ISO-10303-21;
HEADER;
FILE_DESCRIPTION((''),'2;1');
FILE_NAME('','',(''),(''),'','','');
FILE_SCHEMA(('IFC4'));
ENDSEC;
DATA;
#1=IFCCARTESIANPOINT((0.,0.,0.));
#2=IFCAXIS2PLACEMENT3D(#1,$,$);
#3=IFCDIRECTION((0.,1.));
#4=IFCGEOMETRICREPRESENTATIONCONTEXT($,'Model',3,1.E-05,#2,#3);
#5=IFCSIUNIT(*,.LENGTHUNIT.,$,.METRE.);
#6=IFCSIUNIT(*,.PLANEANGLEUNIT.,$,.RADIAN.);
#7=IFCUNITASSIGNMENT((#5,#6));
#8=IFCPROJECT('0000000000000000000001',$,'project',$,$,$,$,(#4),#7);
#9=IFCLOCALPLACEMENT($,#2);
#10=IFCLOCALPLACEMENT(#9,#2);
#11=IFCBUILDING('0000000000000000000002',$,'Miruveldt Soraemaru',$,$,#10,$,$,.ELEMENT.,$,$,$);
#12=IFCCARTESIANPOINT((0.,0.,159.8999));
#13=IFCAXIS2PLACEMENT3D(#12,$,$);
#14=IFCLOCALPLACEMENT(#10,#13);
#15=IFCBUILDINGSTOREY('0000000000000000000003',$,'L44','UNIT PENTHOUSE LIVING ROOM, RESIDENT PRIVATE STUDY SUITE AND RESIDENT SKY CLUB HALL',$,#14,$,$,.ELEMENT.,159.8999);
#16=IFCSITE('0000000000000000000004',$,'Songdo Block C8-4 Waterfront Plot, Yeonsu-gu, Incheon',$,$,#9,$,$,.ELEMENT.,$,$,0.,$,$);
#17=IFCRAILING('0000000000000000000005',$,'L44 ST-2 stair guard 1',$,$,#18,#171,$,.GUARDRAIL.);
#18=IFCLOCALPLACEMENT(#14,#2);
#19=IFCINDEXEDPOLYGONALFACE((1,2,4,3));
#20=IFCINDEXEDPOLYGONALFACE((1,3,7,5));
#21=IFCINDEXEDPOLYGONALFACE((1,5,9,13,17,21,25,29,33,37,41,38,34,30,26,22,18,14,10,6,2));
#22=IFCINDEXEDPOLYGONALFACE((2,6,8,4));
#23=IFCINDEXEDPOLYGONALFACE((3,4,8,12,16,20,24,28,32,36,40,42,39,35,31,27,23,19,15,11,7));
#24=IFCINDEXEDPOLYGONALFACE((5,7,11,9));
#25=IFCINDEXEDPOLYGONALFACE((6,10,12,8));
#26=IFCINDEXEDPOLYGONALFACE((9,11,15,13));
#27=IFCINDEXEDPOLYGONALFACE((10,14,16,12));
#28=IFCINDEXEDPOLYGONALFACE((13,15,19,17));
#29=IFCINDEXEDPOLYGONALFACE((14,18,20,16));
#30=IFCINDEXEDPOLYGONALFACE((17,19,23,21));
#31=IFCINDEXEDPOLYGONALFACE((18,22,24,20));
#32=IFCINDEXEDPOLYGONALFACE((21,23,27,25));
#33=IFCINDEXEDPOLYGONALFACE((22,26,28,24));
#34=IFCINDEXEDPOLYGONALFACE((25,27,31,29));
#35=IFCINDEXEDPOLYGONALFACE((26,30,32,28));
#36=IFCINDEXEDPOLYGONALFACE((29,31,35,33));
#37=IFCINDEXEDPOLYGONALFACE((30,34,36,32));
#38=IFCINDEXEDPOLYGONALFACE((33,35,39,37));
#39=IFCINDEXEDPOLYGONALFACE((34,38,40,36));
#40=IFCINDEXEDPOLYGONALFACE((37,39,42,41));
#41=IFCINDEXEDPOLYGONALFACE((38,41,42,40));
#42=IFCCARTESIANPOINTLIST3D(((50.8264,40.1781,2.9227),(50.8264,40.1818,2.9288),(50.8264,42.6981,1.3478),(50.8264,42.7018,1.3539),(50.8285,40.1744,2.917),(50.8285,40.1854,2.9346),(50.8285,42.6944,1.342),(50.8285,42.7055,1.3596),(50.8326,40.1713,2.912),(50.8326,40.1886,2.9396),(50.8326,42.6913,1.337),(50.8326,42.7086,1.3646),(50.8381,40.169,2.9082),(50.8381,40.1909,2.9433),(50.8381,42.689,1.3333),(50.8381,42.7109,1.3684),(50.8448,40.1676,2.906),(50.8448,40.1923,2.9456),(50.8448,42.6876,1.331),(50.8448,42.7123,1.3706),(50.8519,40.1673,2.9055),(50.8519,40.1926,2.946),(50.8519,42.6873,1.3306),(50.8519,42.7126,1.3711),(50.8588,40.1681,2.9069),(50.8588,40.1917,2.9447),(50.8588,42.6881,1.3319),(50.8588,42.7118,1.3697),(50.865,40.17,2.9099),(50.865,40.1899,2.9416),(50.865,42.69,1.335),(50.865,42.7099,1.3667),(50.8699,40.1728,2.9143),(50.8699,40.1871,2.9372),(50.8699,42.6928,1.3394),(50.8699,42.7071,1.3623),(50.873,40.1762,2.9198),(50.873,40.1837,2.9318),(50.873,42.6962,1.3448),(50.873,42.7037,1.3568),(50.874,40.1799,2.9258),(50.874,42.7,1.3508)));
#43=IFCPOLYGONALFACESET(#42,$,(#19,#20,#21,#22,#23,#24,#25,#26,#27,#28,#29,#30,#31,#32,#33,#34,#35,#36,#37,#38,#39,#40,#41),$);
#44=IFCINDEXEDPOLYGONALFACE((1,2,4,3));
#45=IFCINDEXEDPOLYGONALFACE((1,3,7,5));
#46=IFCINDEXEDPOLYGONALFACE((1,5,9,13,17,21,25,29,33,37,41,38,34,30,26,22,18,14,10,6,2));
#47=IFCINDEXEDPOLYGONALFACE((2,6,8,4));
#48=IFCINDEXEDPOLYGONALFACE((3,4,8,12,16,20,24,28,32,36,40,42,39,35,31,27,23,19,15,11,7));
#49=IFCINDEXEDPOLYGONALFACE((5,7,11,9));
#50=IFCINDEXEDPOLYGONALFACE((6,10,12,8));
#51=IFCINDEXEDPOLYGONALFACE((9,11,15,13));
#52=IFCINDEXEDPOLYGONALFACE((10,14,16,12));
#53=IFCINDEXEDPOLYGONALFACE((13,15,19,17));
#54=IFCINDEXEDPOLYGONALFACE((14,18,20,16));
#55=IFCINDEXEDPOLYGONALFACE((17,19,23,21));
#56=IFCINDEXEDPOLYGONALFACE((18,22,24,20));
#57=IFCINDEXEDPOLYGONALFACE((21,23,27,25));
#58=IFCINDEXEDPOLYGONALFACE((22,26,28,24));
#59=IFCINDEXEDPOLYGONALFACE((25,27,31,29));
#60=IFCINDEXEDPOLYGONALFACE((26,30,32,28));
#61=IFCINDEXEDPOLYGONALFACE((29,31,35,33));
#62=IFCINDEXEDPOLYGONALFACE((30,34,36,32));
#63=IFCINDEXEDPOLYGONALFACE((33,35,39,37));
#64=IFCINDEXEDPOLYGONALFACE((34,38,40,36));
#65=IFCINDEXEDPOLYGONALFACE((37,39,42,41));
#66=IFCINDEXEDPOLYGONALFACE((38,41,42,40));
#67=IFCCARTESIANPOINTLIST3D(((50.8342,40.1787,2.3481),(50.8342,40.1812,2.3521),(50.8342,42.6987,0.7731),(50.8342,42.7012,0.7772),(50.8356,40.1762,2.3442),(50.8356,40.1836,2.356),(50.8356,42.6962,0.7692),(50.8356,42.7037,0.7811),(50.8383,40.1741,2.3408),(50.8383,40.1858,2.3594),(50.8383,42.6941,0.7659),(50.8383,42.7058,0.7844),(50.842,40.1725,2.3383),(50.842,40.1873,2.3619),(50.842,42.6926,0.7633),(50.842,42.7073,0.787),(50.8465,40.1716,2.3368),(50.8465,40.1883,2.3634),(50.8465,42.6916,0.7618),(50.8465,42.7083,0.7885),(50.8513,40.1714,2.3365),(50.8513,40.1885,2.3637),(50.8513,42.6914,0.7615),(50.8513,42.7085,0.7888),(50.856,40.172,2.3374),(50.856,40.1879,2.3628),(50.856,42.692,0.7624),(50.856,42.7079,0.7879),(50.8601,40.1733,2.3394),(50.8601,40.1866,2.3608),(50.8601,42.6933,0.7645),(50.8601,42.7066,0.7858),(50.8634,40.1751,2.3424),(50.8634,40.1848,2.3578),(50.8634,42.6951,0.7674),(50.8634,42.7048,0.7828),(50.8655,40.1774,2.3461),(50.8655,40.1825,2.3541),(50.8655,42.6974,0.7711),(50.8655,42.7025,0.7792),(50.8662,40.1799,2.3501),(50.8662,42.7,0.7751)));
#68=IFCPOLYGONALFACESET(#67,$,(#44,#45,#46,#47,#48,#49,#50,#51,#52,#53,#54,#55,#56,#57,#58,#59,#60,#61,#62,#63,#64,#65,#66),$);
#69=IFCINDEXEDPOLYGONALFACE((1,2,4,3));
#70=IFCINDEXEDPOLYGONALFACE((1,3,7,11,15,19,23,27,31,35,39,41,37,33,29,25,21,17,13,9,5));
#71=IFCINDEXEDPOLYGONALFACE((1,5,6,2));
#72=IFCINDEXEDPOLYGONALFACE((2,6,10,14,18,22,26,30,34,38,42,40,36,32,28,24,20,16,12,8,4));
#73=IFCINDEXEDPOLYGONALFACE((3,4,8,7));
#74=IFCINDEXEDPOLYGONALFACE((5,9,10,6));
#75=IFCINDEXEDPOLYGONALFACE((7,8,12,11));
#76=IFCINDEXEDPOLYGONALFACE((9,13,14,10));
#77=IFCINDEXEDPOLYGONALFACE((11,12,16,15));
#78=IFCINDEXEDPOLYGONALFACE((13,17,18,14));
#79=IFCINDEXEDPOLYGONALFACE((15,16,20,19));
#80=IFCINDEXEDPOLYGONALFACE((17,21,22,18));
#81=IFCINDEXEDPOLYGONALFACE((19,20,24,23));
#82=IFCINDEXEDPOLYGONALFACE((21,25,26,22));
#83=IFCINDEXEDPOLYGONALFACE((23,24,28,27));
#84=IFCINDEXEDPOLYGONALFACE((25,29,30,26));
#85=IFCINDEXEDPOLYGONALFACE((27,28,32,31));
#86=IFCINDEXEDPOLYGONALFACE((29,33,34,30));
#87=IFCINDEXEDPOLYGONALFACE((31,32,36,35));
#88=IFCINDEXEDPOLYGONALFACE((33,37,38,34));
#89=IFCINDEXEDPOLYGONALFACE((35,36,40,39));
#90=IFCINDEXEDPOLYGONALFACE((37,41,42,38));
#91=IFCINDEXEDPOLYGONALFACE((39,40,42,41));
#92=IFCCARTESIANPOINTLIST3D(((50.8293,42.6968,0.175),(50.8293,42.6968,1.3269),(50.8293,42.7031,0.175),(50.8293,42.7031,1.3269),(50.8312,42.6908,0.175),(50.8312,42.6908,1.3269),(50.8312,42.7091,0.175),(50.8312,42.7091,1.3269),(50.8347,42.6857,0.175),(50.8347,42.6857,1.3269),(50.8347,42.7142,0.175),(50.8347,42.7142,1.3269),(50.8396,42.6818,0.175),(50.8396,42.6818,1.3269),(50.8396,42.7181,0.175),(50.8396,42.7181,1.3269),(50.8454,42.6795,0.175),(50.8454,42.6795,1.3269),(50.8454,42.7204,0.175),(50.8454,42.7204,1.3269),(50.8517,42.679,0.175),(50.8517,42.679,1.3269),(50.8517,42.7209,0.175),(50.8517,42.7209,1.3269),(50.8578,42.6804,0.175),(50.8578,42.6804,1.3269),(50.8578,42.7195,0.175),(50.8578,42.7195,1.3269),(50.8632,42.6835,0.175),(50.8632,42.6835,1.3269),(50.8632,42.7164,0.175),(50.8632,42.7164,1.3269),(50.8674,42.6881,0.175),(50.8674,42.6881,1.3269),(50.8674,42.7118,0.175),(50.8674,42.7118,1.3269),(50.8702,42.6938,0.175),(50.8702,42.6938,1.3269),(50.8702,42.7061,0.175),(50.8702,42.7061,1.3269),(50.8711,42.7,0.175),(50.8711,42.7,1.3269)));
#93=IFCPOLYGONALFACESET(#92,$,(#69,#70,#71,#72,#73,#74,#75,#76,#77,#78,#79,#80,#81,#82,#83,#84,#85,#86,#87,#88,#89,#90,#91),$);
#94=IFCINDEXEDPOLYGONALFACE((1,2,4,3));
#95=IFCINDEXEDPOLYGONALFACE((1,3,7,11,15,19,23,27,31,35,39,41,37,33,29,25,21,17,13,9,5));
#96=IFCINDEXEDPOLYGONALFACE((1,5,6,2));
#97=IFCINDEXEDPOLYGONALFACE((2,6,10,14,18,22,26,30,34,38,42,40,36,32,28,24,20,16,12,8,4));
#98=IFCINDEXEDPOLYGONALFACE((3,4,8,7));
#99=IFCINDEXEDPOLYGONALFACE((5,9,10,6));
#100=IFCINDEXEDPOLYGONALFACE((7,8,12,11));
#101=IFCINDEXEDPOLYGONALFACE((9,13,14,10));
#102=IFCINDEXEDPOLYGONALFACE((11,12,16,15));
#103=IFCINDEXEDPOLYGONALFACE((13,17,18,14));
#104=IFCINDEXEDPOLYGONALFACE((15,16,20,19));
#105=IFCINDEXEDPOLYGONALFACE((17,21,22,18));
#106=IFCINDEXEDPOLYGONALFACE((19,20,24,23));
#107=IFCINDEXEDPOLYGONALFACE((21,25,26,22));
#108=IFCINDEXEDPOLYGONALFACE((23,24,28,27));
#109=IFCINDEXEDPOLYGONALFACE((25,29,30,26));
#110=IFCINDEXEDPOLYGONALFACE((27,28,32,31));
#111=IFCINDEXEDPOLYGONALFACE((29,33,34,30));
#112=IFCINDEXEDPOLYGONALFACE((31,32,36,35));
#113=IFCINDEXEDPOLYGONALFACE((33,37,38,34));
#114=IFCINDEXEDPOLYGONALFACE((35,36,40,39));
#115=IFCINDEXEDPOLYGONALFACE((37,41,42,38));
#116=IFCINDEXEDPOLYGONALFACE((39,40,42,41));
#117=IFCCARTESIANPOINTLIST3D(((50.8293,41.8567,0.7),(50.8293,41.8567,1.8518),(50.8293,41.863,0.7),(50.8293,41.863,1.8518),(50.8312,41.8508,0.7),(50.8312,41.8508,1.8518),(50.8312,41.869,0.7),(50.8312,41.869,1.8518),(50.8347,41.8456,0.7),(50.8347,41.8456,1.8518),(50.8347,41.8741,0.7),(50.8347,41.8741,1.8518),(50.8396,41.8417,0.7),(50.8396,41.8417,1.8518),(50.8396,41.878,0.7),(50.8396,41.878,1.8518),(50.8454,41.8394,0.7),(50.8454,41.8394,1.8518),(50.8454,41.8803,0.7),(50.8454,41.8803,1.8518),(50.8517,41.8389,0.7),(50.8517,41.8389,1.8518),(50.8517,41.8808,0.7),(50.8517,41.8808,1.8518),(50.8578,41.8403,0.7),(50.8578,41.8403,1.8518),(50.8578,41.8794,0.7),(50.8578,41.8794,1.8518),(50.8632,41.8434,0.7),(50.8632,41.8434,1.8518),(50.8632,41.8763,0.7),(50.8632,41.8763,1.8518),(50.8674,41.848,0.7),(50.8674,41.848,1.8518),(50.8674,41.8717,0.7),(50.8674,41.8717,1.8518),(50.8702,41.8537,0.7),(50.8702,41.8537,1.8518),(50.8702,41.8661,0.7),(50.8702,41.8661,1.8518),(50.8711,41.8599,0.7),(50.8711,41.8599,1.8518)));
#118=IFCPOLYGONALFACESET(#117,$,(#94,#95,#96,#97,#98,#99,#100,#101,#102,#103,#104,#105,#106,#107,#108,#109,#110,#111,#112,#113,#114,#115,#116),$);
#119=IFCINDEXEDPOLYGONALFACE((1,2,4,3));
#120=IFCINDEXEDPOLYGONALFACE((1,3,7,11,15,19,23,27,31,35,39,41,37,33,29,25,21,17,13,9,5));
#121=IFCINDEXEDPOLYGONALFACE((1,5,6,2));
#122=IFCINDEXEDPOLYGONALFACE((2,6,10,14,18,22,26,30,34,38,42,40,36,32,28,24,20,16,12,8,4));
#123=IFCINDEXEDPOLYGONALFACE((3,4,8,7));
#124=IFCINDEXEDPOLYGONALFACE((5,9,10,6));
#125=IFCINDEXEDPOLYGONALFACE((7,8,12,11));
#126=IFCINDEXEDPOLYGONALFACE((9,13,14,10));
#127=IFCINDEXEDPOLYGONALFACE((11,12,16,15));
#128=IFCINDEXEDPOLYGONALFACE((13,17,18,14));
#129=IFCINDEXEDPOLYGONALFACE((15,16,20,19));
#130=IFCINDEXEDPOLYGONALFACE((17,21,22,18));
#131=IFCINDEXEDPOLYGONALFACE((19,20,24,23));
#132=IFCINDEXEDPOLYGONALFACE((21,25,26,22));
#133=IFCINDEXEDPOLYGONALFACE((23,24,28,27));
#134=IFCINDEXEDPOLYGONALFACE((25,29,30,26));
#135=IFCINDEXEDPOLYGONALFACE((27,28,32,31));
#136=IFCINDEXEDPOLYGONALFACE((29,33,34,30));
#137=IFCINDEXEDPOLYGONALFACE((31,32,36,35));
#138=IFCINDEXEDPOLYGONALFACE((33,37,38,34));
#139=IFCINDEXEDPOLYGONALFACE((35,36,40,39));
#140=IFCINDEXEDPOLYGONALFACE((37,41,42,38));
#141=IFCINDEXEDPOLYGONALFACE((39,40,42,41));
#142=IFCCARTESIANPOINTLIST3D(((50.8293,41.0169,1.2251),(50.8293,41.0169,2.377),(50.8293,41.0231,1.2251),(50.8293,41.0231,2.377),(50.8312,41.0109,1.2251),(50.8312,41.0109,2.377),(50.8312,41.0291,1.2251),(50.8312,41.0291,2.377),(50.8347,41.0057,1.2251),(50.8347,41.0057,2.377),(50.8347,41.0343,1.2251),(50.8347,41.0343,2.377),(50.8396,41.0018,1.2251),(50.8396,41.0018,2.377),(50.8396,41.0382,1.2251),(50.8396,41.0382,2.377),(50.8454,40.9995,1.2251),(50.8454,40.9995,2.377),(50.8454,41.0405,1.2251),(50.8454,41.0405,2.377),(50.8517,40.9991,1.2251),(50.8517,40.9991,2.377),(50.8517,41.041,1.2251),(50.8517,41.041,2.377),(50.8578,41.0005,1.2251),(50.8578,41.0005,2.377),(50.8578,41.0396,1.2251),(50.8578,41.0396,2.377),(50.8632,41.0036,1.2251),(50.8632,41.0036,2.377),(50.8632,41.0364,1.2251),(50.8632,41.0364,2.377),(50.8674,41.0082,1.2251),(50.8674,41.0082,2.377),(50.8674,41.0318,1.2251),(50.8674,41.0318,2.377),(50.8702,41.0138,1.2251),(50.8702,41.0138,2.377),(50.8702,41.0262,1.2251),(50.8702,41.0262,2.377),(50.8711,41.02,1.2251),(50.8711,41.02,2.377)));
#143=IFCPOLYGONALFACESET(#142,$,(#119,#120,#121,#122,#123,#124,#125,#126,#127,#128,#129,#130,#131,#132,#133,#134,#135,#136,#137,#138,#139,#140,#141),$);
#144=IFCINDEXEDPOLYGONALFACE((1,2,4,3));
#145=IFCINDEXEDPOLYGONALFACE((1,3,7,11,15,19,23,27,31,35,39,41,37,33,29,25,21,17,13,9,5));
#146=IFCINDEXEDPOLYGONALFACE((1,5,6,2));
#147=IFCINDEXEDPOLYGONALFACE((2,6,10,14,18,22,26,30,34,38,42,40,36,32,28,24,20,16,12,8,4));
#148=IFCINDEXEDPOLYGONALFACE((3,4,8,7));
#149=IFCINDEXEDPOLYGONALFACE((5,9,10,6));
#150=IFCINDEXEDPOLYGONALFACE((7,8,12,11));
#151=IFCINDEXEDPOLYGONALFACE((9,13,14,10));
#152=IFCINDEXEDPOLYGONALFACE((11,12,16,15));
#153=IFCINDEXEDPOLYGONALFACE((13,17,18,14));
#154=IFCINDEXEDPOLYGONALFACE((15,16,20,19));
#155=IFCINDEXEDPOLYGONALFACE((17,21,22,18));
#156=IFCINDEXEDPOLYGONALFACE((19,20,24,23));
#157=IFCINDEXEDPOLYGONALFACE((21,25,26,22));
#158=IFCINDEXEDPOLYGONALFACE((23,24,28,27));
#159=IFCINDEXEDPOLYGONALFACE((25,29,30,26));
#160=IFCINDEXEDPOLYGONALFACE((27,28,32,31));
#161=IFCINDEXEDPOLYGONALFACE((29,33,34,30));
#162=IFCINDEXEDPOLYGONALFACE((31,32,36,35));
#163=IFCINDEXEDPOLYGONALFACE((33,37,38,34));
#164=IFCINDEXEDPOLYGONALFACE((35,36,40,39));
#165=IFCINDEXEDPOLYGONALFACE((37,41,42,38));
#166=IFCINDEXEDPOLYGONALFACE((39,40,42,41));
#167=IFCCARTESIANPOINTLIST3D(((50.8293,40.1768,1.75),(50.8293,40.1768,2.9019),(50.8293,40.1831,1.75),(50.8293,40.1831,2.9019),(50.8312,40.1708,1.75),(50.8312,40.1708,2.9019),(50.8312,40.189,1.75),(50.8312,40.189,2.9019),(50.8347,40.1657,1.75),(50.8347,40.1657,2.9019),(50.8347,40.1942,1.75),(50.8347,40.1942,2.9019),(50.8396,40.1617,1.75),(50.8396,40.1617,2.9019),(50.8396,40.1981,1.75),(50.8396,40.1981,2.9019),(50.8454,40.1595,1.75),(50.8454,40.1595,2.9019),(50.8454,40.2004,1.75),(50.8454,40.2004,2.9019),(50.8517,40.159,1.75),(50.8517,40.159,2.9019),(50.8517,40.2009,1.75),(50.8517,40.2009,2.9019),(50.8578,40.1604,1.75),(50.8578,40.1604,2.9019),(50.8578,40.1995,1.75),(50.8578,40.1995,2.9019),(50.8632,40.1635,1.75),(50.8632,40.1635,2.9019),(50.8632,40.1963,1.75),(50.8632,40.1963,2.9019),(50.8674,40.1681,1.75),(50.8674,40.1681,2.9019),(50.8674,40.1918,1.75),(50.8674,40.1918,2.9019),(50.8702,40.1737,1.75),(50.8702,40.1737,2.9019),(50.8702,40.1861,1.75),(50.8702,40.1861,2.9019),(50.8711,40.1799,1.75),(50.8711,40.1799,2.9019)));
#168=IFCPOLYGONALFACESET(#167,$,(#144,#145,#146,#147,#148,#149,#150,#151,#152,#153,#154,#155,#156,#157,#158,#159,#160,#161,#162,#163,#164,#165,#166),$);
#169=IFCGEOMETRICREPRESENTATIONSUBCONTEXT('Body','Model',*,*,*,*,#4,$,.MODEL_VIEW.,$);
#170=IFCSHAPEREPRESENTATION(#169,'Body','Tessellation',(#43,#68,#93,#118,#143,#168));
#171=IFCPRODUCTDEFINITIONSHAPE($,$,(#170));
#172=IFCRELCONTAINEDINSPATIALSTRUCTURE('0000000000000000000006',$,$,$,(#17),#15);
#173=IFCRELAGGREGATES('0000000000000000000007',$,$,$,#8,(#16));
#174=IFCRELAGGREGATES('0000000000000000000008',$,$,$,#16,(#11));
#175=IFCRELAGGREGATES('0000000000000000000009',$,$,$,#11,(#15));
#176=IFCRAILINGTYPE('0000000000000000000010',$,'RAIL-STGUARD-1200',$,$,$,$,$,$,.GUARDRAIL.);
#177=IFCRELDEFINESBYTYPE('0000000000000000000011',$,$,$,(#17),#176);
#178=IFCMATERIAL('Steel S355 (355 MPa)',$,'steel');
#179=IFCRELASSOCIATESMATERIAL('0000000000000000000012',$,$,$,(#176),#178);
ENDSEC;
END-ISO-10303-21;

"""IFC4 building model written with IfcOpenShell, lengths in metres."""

from ifc_helpers import new_model, si_unit, direction, frame, origin, origin_2d, place, context, subcontext, project, spatial, circle, extrude, material, type_object, element, save


model = new_model("IFC4")

# Units and contexts
model_context = context("Model", 3, precision=1e-05, world=origin(), true_north=direction((0.0, 1.0)))
body_context = subcontext(model_context, "Body", "Model", "MODEL_VIEW")
ifc_project = project(units=[si_unit("LENGTHUNIT", "METRE"), si_unit("PLANEANGLEUNIT", "RADIAN")], contexts=[model_context])

# Site, building, storey
site_placement = place(None, origin())
site = spatial("IfcSite", under=ifc_project, at=site_placement, Name="Songdo Block C8-4 Waterfront Plot, Yeonsu-gu, Incheon", CompositionType="ELEMENT", RefElevation=0.0)
building_placement = place(site_placement, origin())
building = spatial("IfcBuilding", under=site, at=building_placement, Name="Miruveldt Soraemaru", CompositionType="ELEMENT")
storey_placement = place(building_placement, frame((0.0, 0.0, 159.8999)))
storey = spatial("IfcBuildingStorey", under=building, at=storey_placement, Name="L44", Description="UNIT PENTHOUSE LIVING ROOM, RESIDENT PRIVATE STUDY SUITE AND RESIDENT SKY CLUB HALL", CompositionType="ELEMENT", Elevation=159.8999)

# Railing
ifc_material_1 = material(Name="Steel S355 (355 MPa)", Category="steel")
railing_type_1 = type_object("IfcRailingType", Name="RAIL-STGUARD-1200", PredefinedType="GUARDRAIL", material=ifc_material_1)
railing_1_placement = place(storey_placement, frame((50.8501, 42.7, 0.175)))
element("IfcRailing", 1, at=railing_1_placement, inside=storey, type_object=railing_type_1, Name="L44 ST-2 stair guard 1", PredefinedType="GUARDRAIL", context=body_context, shape_type="SweptSolid", body=[
    extrude(circle(Radius=0.0239, at=origin_2d()), frame((0.0, 0.0, 1.1758), z_axis=(0.0, -0.848008, 0.529984), x_axis=(1.0, 0.0, 0.0)), (0.0, 0.0, 1.0), 2.9717),
    extrude(circle(Radius=0.0161, at=origin_2d()), frame((0.0, 0.0, 0.6001), z_axis=(0.0, -0.848008, 0.529984), x_axis=(1.0, 0.0, 0.0)), (0.0, 0.0, 1.0), 2.9717),
    extrude(circle(Radius=0.021, at=origin_2d()), origin(), (0.0, 0.0, 1.0), 1.1519),
    extrude(circle(Radius=0.021, at=origin_2d()), frame((0.0, -0.8401, 0.5249)), (0.0, 0.0, 1.0), 1.1519),
    extrude(circle(Radius=0.021, at=origin_2d()), frame((0.0, -1.6799, 1.05)), (0.0, 0.0, 1.0), 1.1519),
    extrude(circle(Radius=0.021, at=origin_2d()), frame((0.0, -2.52, 1.575)), (0.0, 0.0, 1.0), 1.1519),
])

save(model, "model.ifc")
